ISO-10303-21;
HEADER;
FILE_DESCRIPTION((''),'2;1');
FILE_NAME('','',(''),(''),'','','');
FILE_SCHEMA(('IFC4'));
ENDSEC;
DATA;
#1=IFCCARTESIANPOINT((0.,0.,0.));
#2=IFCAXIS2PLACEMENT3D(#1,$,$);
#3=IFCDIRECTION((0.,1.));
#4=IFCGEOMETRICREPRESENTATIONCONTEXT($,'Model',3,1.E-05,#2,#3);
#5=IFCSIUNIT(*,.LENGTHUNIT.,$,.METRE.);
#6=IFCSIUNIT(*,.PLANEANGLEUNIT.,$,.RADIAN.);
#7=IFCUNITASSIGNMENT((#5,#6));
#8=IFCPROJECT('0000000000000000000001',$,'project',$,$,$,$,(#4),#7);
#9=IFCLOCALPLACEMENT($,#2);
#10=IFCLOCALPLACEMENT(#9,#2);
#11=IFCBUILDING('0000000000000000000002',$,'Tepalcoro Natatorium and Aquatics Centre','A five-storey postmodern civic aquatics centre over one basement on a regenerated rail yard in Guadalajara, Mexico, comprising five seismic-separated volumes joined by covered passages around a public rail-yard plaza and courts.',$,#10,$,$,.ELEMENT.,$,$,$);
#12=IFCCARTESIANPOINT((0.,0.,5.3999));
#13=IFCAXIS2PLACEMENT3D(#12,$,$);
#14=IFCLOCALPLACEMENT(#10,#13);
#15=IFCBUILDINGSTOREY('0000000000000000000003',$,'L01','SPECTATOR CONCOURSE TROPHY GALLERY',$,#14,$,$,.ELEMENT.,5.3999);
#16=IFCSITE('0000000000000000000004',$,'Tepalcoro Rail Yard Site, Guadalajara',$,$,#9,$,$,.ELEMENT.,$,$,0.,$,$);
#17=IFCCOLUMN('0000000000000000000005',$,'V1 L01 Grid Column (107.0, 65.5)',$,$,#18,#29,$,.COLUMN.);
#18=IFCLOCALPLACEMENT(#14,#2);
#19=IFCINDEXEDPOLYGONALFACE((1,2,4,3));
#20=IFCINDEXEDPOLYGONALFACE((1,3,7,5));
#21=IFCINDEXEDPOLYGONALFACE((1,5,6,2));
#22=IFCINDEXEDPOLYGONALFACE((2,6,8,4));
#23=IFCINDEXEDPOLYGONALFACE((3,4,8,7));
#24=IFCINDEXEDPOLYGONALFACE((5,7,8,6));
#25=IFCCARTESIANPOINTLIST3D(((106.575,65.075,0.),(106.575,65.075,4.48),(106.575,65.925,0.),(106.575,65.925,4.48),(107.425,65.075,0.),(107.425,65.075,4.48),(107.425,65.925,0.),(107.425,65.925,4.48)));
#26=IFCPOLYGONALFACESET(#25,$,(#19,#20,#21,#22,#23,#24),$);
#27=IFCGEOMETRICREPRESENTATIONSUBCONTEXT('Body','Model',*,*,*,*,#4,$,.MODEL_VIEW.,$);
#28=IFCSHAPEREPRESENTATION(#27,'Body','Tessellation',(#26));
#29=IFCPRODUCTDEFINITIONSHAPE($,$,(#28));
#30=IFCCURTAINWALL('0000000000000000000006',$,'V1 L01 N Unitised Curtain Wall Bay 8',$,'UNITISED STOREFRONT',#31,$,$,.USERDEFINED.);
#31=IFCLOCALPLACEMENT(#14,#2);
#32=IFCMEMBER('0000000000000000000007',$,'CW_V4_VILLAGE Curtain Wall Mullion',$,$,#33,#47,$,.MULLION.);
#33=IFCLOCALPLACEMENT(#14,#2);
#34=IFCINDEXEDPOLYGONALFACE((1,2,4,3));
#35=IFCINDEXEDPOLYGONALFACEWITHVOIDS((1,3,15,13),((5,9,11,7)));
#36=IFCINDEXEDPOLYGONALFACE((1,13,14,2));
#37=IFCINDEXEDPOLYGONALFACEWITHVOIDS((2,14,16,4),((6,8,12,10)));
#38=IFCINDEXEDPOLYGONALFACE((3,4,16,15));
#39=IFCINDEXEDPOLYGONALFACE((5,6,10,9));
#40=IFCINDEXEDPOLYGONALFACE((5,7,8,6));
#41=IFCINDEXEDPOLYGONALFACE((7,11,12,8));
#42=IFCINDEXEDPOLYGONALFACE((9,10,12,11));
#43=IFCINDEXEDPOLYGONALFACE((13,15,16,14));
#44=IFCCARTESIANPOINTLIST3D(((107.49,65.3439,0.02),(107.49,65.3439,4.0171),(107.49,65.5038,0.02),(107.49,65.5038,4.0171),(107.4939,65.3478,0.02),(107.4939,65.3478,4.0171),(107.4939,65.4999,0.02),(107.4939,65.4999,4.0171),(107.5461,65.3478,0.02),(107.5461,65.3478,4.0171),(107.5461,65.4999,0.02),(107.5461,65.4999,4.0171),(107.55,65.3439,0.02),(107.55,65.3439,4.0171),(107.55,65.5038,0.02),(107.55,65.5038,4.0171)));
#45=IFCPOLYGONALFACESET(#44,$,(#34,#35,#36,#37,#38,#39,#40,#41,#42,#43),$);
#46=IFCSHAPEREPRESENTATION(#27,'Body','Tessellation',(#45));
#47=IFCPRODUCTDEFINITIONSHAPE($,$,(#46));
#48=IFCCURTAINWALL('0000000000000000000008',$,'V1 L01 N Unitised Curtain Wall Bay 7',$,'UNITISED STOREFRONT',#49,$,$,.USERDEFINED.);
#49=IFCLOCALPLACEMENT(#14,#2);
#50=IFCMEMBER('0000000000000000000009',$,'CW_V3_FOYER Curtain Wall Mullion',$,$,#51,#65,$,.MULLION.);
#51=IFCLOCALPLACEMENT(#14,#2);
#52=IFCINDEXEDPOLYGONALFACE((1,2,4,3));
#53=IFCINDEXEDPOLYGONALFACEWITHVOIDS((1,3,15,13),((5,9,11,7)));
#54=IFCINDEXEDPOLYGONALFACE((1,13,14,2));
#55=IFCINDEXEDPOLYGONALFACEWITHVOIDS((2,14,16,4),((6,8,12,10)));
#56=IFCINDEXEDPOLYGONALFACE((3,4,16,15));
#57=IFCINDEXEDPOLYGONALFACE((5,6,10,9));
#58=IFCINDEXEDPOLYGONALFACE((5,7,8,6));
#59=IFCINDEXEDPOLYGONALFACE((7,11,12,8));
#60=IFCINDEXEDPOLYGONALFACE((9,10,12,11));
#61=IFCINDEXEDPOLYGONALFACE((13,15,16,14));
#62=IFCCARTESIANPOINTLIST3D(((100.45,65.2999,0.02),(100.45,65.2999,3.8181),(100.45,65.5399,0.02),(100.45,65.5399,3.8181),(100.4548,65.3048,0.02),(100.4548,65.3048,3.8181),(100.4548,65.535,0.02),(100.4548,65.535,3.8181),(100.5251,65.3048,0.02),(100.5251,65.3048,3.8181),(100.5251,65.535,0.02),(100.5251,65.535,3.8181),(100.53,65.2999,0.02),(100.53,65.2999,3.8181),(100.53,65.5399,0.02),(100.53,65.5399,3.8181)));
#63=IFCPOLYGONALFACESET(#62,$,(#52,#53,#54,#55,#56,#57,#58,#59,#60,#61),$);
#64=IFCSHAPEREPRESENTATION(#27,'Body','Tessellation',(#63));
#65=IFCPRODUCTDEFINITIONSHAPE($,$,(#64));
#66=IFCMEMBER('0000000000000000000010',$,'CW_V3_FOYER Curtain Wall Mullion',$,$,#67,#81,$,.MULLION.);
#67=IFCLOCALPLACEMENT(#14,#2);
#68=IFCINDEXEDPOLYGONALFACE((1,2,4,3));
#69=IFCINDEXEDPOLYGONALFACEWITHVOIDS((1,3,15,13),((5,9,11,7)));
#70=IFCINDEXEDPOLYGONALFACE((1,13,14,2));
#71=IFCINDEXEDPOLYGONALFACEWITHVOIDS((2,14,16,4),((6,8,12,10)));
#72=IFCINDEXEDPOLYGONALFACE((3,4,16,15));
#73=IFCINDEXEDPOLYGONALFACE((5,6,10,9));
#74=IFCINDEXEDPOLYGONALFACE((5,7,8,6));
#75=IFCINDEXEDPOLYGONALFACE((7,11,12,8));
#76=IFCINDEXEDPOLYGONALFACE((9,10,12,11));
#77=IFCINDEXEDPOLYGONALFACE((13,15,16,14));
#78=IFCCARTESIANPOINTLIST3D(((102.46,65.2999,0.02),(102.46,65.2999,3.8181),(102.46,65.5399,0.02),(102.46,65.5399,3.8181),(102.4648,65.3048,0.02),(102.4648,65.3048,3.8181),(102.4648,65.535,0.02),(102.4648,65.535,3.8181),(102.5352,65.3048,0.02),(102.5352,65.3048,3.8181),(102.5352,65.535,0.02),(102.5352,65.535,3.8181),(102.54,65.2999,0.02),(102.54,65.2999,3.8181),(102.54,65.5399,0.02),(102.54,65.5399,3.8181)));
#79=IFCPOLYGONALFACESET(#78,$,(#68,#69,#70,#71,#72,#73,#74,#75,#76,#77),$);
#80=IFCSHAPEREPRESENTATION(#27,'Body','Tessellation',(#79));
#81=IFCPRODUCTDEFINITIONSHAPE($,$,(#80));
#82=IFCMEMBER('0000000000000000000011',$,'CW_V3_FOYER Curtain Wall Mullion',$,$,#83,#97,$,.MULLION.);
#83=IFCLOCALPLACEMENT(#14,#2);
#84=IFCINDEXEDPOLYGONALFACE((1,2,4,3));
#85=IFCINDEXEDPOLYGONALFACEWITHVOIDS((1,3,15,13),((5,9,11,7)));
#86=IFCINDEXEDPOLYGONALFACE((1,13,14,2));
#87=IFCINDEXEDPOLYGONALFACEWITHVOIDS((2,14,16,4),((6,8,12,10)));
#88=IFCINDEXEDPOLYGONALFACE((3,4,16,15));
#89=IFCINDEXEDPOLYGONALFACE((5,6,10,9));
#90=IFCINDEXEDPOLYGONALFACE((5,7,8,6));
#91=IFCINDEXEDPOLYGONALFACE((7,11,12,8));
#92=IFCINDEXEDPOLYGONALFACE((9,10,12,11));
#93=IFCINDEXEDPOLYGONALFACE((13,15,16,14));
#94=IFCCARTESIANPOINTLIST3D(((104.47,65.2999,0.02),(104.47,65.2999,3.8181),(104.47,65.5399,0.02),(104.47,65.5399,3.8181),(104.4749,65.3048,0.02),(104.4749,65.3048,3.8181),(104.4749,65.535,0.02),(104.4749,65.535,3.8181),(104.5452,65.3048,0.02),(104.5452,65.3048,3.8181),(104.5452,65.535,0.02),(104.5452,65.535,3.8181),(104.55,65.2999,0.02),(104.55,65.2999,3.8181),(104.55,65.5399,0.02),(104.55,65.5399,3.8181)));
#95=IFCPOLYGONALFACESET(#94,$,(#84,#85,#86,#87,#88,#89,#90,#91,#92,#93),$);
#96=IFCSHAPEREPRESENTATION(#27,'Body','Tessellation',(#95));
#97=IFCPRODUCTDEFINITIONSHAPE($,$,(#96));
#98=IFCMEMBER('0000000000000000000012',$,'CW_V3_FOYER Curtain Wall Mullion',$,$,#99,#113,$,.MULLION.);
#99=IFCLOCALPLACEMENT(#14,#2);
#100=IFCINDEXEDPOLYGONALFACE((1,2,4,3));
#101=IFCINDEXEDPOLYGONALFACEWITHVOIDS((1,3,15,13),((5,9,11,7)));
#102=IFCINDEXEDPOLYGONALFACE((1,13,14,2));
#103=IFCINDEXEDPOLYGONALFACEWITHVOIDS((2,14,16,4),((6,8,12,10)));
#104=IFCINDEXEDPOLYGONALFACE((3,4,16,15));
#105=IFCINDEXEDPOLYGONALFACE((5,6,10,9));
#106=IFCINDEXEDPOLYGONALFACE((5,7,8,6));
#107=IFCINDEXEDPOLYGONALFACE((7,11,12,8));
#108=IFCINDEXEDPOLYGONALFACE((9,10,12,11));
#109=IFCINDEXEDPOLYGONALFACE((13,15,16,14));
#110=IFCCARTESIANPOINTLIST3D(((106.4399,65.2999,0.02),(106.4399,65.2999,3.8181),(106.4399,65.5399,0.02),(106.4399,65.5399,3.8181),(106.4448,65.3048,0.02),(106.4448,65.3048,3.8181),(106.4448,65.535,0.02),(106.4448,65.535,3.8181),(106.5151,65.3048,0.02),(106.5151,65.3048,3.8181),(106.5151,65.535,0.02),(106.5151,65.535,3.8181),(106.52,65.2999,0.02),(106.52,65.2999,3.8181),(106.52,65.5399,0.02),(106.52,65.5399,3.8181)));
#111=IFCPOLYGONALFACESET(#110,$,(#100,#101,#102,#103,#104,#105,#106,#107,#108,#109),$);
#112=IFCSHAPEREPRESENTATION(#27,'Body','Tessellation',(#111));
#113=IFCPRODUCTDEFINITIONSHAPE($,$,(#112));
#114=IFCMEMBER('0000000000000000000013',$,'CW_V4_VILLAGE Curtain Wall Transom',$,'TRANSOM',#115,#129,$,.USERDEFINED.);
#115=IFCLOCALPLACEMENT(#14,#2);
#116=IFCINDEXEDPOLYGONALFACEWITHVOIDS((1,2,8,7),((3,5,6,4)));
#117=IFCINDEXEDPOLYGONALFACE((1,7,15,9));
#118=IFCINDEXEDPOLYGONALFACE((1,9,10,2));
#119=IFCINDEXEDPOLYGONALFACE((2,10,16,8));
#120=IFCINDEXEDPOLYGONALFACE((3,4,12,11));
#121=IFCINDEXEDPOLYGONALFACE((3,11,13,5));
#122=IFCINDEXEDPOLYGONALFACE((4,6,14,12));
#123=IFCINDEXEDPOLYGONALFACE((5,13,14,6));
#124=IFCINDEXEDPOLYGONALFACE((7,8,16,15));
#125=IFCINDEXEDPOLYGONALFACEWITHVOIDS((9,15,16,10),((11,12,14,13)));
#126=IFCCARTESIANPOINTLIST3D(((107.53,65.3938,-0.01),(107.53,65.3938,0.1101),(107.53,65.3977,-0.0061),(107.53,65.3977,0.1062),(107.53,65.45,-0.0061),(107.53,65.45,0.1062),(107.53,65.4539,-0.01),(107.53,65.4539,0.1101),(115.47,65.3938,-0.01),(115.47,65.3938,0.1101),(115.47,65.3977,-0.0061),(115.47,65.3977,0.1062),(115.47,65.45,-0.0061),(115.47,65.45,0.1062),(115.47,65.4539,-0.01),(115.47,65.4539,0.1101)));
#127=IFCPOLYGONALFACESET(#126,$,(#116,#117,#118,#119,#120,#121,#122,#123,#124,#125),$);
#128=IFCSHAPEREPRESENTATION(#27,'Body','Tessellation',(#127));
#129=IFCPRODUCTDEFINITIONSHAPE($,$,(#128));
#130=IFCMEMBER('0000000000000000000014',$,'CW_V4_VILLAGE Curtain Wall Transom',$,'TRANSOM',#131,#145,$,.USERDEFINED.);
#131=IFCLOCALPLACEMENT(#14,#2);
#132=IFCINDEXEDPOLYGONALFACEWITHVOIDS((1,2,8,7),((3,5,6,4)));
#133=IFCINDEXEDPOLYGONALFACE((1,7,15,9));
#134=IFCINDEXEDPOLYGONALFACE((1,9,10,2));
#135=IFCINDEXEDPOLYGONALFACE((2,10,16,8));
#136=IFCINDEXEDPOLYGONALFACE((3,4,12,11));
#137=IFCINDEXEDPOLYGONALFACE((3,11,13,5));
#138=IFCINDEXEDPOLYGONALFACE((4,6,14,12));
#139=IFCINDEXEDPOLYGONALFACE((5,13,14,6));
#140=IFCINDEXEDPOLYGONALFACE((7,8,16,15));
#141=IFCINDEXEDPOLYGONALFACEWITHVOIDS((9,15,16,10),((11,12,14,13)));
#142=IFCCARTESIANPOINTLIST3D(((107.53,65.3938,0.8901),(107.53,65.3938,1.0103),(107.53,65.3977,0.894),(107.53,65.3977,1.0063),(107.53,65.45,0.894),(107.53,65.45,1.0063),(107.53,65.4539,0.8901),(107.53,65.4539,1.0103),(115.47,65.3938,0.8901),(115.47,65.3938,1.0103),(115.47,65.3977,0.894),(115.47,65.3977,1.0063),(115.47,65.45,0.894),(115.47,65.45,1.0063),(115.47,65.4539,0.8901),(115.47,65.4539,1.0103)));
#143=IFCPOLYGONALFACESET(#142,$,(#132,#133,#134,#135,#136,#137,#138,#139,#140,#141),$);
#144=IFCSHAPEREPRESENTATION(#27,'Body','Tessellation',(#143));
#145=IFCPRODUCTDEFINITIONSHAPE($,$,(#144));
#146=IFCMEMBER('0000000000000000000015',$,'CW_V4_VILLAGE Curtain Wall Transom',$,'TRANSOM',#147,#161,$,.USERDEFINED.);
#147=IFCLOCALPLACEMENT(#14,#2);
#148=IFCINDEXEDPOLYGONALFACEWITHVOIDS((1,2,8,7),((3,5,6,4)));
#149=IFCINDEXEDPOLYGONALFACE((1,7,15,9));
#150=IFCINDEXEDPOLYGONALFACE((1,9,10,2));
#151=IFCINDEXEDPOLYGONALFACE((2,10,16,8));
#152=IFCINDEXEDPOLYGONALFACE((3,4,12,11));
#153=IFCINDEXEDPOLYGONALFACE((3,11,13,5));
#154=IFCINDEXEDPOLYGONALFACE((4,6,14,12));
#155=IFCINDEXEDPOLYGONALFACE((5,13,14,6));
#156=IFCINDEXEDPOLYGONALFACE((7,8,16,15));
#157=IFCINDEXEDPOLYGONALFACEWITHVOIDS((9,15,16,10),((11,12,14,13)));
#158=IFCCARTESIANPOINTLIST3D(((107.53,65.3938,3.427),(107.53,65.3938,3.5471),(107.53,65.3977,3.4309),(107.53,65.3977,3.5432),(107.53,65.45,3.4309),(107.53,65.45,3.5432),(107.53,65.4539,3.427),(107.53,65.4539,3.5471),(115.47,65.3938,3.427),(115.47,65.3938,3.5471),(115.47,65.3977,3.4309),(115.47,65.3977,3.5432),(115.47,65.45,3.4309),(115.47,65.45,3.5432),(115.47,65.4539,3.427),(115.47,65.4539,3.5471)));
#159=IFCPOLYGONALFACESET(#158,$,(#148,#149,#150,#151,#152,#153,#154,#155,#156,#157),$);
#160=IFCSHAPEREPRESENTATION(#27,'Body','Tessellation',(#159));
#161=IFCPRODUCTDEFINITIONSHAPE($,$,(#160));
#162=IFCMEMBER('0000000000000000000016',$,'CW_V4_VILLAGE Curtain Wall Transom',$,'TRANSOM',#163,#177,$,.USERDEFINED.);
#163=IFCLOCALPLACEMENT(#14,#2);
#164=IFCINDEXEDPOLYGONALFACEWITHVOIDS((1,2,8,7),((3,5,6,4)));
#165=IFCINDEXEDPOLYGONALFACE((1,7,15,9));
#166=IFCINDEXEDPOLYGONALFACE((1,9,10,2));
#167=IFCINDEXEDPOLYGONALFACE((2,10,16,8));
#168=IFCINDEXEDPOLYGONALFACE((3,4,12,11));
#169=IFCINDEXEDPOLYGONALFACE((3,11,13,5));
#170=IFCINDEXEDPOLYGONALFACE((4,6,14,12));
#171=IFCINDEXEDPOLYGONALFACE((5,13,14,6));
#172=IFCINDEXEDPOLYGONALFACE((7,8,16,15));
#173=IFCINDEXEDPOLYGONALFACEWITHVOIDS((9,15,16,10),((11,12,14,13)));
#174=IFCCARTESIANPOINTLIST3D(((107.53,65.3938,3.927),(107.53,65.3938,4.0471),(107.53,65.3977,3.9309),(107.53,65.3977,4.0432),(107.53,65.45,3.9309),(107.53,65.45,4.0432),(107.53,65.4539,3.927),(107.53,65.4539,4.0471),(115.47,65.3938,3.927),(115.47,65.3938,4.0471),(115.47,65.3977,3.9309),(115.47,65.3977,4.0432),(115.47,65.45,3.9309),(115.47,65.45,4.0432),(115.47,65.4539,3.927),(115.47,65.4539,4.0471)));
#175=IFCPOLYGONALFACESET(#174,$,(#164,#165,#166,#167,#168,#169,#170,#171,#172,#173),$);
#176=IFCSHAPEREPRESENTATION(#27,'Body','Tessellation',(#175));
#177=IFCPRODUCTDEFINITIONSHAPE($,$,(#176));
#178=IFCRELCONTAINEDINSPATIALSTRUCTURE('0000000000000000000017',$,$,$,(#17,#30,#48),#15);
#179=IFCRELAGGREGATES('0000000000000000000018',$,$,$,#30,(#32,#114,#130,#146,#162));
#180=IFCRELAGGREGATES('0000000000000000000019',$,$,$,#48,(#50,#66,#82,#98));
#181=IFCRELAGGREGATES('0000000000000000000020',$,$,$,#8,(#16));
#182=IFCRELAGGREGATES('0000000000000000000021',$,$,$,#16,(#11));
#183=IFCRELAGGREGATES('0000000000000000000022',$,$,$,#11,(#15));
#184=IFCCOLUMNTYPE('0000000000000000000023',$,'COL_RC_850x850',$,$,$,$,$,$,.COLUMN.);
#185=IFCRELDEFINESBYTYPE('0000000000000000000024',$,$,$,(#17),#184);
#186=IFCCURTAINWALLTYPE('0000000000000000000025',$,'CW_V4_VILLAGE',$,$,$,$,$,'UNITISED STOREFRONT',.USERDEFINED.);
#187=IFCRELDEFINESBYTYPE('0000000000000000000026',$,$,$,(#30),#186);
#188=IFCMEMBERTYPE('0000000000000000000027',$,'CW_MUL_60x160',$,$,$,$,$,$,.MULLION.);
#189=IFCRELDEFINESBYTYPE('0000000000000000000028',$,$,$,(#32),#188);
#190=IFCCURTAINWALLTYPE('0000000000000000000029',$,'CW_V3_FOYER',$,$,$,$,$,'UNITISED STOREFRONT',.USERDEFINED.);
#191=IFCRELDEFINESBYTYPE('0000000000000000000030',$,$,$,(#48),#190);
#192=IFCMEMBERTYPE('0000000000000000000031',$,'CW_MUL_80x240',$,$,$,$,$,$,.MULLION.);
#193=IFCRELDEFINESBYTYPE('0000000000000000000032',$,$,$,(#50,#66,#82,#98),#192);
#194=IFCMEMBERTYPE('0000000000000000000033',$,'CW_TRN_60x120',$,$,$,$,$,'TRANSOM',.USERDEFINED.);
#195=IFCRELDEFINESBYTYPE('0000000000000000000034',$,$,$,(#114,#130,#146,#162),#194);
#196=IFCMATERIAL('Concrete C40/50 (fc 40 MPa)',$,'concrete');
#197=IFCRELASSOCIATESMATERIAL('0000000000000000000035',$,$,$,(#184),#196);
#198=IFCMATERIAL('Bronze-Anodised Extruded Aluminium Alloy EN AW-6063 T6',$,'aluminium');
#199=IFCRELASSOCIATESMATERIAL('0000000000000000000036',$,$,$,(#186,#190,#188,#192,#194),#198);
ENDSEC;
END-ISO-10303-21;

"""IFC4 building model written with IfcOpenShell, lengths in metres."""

from ifc_helpers import new_model, si_unit, direction, frame, origin, origin_2d, place, context, subcontext, project, spatial, rectangle, hollow_rectangle, extrude, material, material_profile, profile_set, type_object, element, aggregate, save


model = new_model("IFC4")

# Units and contexts
model_context = context("Model", 3, precision=1e-05, world=origin(), true_north=direction((0.0, 1.0)))
body_context = subcontext(model_context, "Body", "Model", "MODEL_VIEW")
ifc_project = project(units=[si_unit("LENGTHUNIT", "METRE"), si_unit("PLANEANGLEUNIT", "RADIAN")], contexts=[model_context])

# Site, building, storey
site_placement = place(None, origin())
site = spatial("IfcSite", under=ifc_project, at=site_placement, Name="Tepalcoro Rail Yard Site, Guadalajara", CompositionType="ELEMENT", RefElevation=0.0)
building_placement = place(site_placement, origin())
building = spatial("IfcBuilding", under=site, at=building_placement, Name="Tepalcoro Natatorium and Aquatics Centre", Description="A five-storey postmodern civic aquatics centre over one basement on a regenerated rail yard in Guadalajara, Mexico, comprising five seismic-separated volumes joined by covered passages around a public rail-yard plaza and courts.", CompositionType="ELEMENT")
storey_placement = place(building_placement, frame((0.0, 0.0, 5.3999)))
storey = spatial("IfcBuildingStorey", under=building, at=storey_placement, Name="L01", Description="SPECTATOR CONCOURSE TROPHY GALLERY", CompositionType="ELEMENT", Elevation=5.3999)

# Column
ifc_material_1 = material(Name="Concrete C40/50 (fc 40 MPa)", Category="concrete")
ifc_material_profile_1 = material_profile(ifc_material_1, rectangle(XDim=0.8501, YDim=0.8501, at=origin_2d()), Name="RC850x850")
ifc_profile_set_1 = profile_set([ifc_material_profile_1], Name="Concrete C40/50 (fc 40 MPa)")
column_type = type_object("IfcColumnType", Name="COL_RC_850x850", PredefinedType="COLUMN", material=ifc_profile_set_1)
column_placement = place(storey_placement, frame((107.0, 65.5, 0.0), z_axis=(0.0, 0.0, 1.0), x_axis=(1.0, 0.0, 0.0)))
element("IfcColumn", 1, at=column_placement, inside=storey, type_object=column_type, Name="V1 L01 Grid Column (107.0, 65.5)", PredefinedType="COLUMN", context=body_context, shape_type="SweptSolid", body=[
    extrude(rectangle(XDim=0.8501, YDim=0.8501, at=origin_2d()), origin(), (0.0, 0.0, 1.0), 4.48),
])

# Curtain wall, member
ifc_material_2 = material(Name="Bronze-Anodised Extruded Aluminium Alloy EN AW-6063 T6", Category="aluminium")
curtain_wall_type_1 = type_object("IfcCurtainWallType", Name="CW_V4_VILLAGE", ElementType="UNITISED STOREFRONT", PredefinedType="USERDEFINED", material=ifc_material_2)
curtain_wall_1_placement = place(storey_placement, origin())
curtain_wall_1 = element("IfcCurtainWall", 2, at=curtain_wall_1_placement, inside=storey, type_object=curtain_wall_type_1, Name="V1 L01 N Unitised Curtain Wall Bay 8", ObjectType="UNITISED STOREFRONT", PredefinedType="USERDEFINED")
ifc_material_profile_2 = material_profile(ifc_material_2, hollow_rectangle(XDim=0.0601, YDim=0.1599, WallThickness=0.0039, at=origin_2d()), Name="AL60X160X4")
ifc_profile_set_2 = profile_set([ifc_material_profile_2], Name="Bronze-Anodised Extruded Aluminium Alloy EN AW-6063 T6")
member_type_1 = type_object("IfcMemberType", Name="CW_MUL_60x160", PredefinedType="MULLION", material=ifc_profile_set_2)
member_1_placement = place(storey_placement, frame((107.52, 65.4238, 0.02), z_axis=(0.0, 0.0, 1.0), x_axis=(1.0, 0.0, 0.0)))
member_1 = element("IfcMember", 3, at=member_1_placement, type_object=member_type_1, Name="CW_V4_VILLAGE Curtain Wall Mullion", PredefinedType="MULLION", context=body_context, shape_type="SweptSolid", body=[
    extrude(hollow_rectangle(XDim=0.0601, YDim=0.1599, WallThickness=0.0039, at=origin_2d()), origin(), (0.0, 0.0, 1.0), 3.9971),
])

# Curtain wall, members
curtain_wall_type_2 = type_object("IfcCurtainWallType", Name="CW_V3_FOYER", ElementType="UNITISED STOREFRONT", PredefinedType="USERDEFINED", material=ifc_material_2)
curtain_wall_2_placement = place(storey_placement, origin())
curtain_wall_2 = element("IfcCurtainWall", 4, at=curtain_wall_2_placement, inside=storey, type_object=curtain_wall_type_2, Name="V1 L01 N Unitised Curtain Wall Bay 7", ObjectType="UNITISED STOREFRONT", PredefinedType="USERDEFINED")
ifc_material_profile_3 = material_profile(ifc_material_2, hollow_rectangle(XDim=0.0801, YDim=0.24, WallThickness=0.0049, at=origin_2d()), Name="AL80X240X5")
ifc_profile_set_3 = profile_set([ifc_material_profile_3], Name="Bronze-Anodised Extruded Aluminium Alloy EN AW-6063 T6")
member_type_2 = type_object("IfcMemberType", Name="CW_MUL_80x240", PredefinedType="MULLION", material=ifc_profile_set_3)
member_2_placement = place(storey_placement, frame((100.49, 65.4199, 0.02), z_axis=(0.0, 0.0, 1.0), x_axis=(1.0, 0.0, 0.0)))
member_2 = element("IfcMember", 5, at=member_2_placement, type_object=member_type_2, Name="CW_V3_FOYER Curtain Wall Mullion", PredefinedType="MULLION", context=body_context, shape_type="SweptSolid", body=[
    extrude(hollow_rectangle(XDim=0.0801, YDim=0.24, WallThickness=0.0049, at=origin_2d()), origin(), (0.0, 0.0, 1.0), 3.7981),
])
member_3_placement = place(storey_placement, frame((102.5, 65.4199, 0.02), z_axis=(0.0, 0.0, 1.0), x_axis=(1.0, 0.0, 0.0)))
member_3 = element("IfcMember", 6, at=member_3_placement, type_object=member_type_2, Name="CW_V3_FOYER Curtain Wall Mullion", PredefinedType="MULLION", context=body_context, shape_type="SweptSolid", body=[
    extrude(hollow_rectangle(XDim=0.0801, YDim=0.24, WallThickness=0.0049, at=origin_2d()), origin(), (0.0, 0.0, 1.0), 3.7981),
])
member_4_placement = place(storey_placement, frame((104.51, 65.4199, 0.02), z_axis=(0.0, 0.0, 1.0), x_axis=(1.0, 0.0, 0.0)))
member_4 = element("IfcMember", 7, at=member_4_placement, type_object=member_type_2, Name="CW_V3_FOYER Curtain Wall Mullion", PredefinedType="MULLION", context=body_context, shape_type="SweptSolid", body=[
    extrude(hollow_rectangle(XDim=0.0801, YDim=0.24, WallThickness=0.0049, at=origin_2d()), origin(), (0.0, 0.0, 1.0), 3.7981),
])
member_5_placement = place(storey_placement, frame((106.48, 65.4199, 0.02), z_axis=(0.0, 0.0, 1.0), x_axis=(1.0, 0.0, 0.0)))
member_5 = element("IfcMember", 8, at=member_5_placement, type_object=member_type_2, Name="CW_V3_FOYER Curtain Wall Mullion", PredefinedType="MULLION", context=body_context, shape_type="SweptSolid", body=[
    extrude(hollow_rectangle(XDim=0.0801, YDim=0.24, WallThickness=0.0049, at=origin_2d()), origin(), (0.0, 0.0, 1.0), 3.7981),
])

# Members
ifc_material_profile_4 = material_profile(ifc_material_2, hollow_rectangle(XDim=0.0601, YDim=0.1201, WallThickness=0.0039, at=origin_2d()), Name="AL60X120X4")
ifc_profile_set_4 = profile_set([ifc_material_profile_4], Name="Bronze-Anodised Extruded Aluminium Alloy EN AW-6063 T6")
member_type_3 = type_object("IfcMemberType", Name="CW_TRN_60x120", ElementType="TRANSOM", PredefinedType="USERDEFINED", material=ifc_profile_set_4)
member_6_placement = place(storey_placement, frame((107.53, 65.4238, 0.05), z_axis=(1.0, 0.0, 0.0), x_axis=(0.0, 1.0, 0.0)))
member_6 = element("IfcMember", 9, at=member_6_placement, type_object=member_type_3, Name="CW_V4_VILLAGE Curtain Wall Transom", ObjectType="TRANSOM", PredefinedType="USERDEFINED", context=body_context, shape_type="SweptSolid", body=[
    extrude(hollow_rectangle(XDim=0.0601, YDim=0.1201, WallThickness=0.0039, at=origin_2d()), origin(), (0.0, 0.0, 1.0), 7.9399),
])
member_7_placement = place(storey_placement, frame((107.53, 65.4238, 0.9502), z_axis=(1.0, 0.0, 0.0), x_axis=(0.0, 1.0, 0.0)))
member_7 = element("IfcMember", 10, at=member_7_placement, type_object=member_type_3, Name="CW_V4_VILLAGE Curtain Wall Transom", ObjectType="TRANSOM", PredefinedType="USERDEFINED", context=body_context, shape_type="SweptSolid", body=[
    extrude(hollow_rectangle(XDim=0.0601, YDim=0.1201, WallThickness=0.0039, at=origin_2d()), origin(), (0.0, 0.0, 1.0), 7.9399),
])
member_8_placement = place(storey_placement, frame((107.53, 65.4238, 3.4871), z_axis=(1.0, 0.0, 0.0), x_axis=(0.0, 1.0, 0.0)))
member_8 = element("IfcMember", 11, at=member_8_placement, type_object=member_type_3, Name="CW_V4_VILLAGE Curtain Wall Transom", ObjectType="TRANSOM", PredefinedType="USERDEFINED", context=body_context, shape_type="SweptSolid", body=[
    extrude(hollow_rectangle(XDim=0.0601, YDim=0.1201, WallThickness=0.0039, at=origin_2d()), origin(), (0.0, 0.0, 1.0), 7.9399),
])
member_9_placement = place(storey_placement, frame((107.53, 65.4238, 3.9871), z_axis=(1.0, 0.0, 0.0), x_axis=(0.0, 1.0, 0.0)))
member_9 = element("IfcMember", 12, at=member_9_placement, type_object=member_type_3, Name="CW_V4_VILLAGE Curtain Wall Transom", ObjectType="TRANSOM", PredefinedType="USERDEFINED", context=body_context, shape_type="SweptSolid", body=[
    extrude(hollow_rectangle(XDim=0.0601, YDim=0.1201, WallThickness=0.0039, at=origin_2d()), origin(), (0.0, 0.0, 1.0), 7.9399),
])
aggregate(curtain_wall_1, [member_1, member_6, member_7, member_8, member_9])

aggregate(curtain_wall_2, [member_2, member_3, member_4, member_5])

save(model, "model.ifc")
